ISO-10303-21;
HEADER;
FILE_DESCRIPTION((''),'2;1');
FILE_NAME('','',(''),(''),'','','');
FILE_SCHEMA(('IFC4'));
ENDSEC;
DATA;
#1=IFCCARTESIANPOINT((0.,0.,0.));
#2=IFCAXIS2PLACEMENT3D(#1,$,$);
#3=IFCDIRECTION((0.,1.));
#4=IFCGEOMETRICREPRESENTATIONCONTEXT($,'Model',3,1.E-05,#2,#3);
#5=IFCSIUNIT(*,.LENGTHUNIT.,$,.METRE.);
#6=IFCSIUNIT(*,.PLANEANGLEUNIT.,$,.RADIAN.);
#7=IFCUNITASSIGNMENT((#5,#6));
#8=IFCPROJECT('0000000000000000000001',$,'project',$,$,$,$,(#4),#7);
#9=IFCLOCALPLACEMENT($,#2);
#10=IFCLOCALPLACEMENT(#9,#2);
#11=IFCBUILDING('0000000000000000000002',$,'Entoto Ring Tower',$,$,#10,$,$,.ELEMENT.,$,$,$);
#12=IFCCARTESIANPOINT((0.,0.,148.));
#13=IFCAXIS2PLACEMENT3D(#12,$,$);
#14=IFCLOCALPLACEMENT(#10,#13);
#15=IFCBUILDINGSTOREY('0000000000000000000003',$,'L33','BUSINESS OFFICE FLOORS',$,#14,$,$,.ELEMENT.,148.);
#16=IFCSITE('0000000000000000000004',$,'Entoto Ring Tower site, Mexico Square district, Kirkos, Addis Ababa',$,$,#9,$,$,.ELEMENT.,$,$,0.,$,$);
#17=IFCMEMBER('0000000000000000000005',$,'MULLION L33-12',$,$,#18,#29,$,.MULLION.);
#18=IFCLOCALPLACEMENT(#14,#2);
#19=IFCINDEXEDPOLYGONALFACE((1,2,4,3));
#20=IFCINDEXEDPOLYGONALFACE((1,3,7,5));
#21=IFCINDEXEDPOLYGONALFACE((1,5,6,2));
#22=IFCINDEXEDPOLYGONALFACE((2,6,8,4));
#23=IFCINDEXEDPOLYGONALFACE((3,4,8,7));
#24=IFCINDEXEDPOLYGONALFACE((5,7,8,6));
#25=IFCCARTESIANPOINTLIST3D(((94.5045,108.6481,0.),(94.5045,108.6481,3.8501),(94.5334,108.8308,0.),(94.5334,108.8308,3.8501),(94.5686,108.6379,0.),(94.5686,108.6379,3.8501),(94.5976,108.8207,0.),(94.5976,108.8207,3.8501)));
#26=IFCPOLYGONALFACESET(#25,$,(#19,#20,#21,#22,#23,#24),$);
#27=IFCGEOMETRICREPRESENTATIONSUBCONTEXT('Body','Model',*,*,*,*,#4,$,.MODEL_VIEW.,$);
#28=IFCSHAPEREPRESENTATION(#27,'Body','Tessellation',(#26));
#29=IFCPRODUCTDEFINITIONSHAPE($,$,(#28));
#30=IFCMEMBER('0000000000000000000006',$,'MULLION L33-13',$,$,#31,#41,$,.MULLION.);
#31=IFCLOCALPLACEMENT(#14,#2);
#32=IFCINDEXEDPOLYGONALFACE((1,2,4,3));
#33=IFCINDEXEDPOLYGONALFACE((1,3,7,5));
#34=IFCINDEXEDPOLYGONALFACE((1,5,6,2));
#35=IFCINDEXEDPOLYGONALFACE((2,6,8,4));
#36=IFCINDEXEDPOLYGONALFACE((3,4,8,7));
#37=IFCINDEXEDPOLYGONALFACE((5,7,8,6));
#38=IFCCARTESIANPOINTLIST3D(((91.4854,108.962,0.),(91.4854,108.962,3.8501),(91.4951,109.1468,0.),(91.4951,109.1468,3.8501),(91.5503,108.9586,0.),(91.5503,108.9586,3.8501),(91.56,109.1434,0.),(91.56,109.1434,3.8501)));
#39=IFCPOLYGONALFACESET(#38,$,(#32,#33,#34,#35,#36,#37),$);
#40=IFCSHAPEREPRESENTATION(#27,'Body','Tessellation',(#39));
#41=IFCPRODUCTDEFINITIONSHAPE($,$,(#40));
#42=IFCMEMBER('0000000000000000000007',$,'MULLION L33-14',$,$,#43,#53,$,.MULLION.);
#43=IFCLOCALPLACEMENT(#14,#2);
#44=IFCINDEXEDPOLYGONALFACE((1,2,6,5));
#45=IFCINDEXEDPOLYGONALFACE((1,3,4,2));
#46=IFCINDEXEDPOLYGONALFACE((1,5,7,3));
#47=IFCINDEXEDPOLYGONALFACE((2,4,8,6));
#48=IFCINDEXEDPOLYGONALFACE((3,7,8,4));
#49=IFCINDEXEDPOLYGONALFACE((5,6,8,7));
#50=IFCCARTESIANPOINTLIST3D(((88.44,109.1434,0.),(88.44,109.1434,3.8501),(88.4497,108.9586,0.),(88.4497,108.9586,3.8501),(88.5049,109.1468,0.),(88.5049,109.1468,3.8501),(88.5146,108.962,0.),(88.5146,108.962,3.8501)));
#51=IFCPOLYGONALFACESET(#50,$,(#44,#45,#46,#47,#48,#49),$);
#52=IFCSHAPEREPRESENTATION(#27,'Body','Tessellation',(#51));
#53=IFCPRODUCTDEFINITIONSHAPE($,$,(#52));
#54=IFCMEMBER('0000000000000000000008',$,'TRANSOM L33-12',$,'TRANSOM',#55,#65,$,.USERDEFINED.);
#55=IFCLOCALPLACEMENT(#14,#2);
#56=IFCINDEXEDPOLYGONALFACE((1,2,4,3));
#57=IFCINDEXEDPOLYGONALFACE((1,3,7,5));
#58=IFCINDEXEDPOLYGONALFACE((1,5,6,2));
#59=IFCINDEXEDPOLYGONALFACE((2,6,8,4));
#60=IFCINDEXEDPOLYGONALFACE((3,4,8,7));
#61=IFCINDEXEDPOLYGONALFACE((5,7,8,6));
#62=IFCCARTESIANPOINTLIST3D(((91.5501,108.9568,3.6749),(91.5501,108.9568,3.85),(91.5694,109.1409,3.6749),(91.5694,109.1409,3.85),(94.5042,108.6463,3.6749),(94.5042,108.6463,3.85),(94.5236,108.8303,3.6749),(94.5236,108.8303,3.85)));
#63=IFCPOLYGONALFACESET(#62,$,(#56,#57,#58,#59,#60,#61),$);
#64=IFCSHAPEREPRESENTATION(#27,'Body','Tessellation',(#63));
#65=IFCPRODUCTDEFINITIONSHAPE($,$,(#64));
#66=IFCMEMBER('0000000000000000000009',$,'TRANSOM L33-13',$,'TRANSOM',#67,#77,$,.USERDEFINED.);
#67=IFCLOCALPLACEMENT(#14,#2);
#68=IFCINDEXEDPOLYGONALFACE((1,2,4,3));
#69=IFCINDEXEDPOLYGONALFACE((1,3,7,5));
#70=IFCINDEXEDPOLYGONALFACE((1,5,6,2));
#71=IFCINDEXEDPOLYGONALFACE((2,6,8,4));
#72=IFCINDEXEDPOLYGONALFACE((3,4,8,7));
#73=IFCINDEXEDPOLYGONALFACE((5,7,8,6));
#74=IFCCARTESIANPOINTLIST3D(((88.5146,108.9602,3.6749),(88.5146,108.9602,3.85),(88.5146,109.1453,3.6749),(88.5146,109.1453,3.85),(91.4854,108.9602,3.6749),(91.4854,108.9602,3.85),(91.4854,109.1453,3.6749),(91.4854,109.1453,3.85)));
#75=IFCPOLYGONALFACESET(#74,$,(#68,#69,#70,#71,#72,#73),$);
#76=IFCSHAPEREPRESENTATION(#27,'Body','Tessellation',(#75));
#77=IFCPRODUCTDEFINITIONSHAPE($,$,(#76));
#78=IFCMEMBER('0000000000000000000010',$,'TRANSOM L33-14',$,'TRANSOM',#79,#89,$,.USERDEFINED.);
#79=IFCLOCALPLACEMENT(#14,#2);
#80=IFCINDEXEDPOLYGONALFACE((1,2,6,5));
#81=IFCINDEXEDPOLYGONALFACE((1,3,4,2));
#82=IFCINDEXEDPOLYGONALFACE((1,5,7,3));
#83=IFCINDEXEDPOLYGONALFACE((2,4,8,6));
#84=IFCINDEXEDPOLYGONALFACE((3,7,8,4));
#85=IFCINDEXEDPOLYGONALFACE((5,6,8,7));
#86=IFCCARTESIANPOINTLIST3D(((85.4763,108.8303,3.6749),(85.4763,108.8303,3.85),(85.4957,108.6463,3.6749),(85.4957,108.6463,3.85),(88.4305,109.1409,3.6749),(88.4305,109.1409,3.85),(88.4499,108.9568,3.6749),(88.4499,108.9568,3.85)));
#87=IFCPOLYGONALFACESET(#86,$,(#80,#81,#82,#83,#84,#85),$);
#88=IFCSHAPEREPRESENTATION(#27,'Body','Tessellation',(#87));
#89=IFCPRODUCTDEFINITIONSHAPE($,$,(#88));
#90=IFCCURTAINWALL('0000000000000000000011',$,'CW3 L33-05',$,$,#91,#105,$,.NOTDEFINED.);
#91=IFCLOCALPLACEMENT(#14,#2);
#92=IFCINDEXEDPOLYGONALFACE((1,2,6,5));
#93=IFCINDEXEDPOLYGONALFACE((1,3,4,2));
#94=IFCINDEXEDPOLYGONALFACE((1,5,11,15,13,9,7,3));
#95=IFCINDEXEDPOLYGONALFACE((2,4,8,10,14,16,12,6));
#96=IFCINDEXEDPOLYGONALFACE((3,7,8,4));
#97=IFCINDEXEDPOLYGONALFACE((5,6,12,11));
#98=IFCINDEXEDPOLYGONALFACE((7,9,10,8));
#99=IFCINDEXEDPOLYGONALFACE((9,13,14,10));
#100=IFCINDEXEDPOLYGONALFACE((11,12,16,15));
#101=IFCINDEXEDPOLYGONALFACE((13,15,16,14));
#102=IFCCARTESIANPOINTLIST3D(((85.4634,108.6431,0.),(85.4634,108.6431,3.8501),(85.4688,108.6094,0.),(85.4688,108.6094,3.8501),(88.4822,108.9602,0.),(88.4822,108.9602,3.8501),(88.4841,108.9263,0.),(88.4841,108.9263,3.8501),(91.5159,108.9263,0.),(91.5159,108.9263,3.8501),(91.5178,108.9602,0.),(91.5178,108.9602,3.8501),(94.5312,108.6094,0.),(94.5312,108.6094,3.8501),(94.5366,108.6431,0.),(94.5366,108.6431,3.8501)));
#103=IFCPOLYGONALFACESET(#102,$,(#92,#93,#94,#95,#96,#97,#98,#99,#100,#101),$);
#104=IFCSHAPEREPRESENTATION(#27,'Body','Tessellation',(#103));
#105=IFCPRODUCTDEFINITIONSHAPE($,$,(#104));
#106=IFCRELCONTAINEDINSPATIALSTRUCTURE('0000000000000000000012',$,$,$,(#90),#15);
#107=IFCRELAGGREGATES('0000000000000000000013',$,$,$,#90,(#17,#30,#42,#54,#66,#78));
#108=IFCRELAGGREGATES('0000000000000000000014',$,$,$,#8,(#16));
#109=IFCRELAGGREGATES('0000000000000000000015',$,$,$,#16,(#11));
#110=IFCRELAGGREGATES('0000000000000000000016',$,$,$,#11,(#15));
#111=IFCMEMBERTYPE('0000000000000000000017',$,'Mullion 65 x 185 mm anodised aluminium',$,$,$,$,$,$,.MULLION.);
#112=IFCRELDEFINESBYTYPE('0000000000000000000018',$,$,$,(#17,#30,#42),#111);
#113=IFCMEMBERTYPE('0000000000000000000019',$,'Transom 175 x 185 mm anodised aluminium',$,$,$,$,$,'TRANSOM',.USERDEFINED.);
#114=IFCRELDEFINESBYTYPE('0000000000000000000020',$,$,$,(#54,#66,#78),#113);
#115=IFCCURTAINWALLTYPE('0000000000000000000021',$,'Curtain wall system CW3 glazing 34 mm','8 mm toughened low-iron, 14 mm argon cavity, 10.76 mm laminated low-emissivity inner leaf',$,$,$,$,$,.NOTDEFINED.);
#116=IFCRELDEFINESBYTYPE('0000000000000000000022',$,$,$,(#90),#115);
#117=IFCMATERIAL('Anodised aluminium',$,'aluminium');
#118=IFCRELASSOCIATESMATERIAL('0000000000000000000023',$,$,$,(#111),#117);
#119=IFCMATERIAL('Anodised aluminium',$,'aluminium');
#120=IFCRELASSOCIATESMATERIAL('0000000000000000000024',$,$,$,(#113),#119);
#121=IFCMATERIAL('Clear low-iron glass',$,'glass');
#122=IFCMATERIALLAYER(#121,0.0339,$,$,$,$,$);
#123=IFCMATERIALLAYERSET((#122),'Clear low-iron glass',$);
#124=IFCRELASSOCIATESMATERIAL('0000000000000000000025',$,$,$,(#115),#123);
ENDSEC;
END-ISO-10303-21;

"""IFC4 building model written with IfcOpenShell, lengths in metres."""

from ifc_helpers import new_model, si_unit, direction, frame, origin, origin_2d, place, context, subcontext, project, spatial, polyline, rectangle, outline, extrude, material, layer, layer_set, material_profile, profile_set, type_object, element, aggregate, save


model = new_model("IFC4")

# Units and contexts
model_context = context("Model", 3, precision=1e-05, world=origin(), true_north=direction((0.0, 1.0)))
body_context = subcontext(model_context, "Body", "Model", "MODEL_VIEW")
ifc_project = project(units=[si_unit("LENGTHUNIT", "METRE"), si_unit("PLANEANGLEUNIT", "RADIAN")], contexts=[model_context])

# Members
ifc_material_1 = material(Name="Anodised aluminium", Category="aluminium")
ifc_material_profile_1 = material_profile(ifc_material_1, rectangle(XDim=0.0649, YDim=0.1851, at=origin_2d()), Name="Mullion 65 x 185 mm anodised aluminium")
ifc_profile_set_1 = profile_set([ifc_material_profile_1], Name="Anodised aluminium")
member_type_1 = type_object("IfcMemberType", Name="Mullion 65 x 185 mm anodised aluminium", PredefinedType="MULLION", material=ifc_profile_set_1)
site_placement = place(None, origin())
building_placement = place(site_placement, origin())
storey_placement = place(building_placement, frame((0.0, 0.0, 148.0)))
member_1_placement = place(storey_placement, frame((94.551, 108.7344, 0.0), z_axis=(0.0, 0.0, 1.0), x_axis=(-0.987688, 0.156434, 0.0)))
member_1 = element("IfcMember", 1, at=member_1_placement, type_object=member_type_1, Name="MULLION L33-12", PredefinedType="MULLION", context=body_context, shape_type="SweptSolid", body=[
    extrude(rectangle(XDim=0.0649, YDim=0.1851, at=origin_2d()), origin(), (0.0, 0.0, 1.0), 3.8501),
])
member_2_placement = place(storey_placement, frame((91.5227, 109.0527, 0.0), z_axis=(0.0, 0.0, 1.0), x_axis=(-0.99863, 0.052336, 0.0)))
member_2 = element("IfcMember", 2, at=member_2_placement, type_object=member_type_1, Name="MULLION L33-13", PredefinedType="MULLION", context=body_context, shape_type="SweptSolid", body=[
    extrude(rectangle(XDim=0.0649, YDim=0.1851, at=origin_2d()), origin(), (0.0, 0.0, 1.0), 3.8501),
])
member_3_placement = place(storey_placement, frame((88.4773, 109.0527, 0.0), z_axis=(0.0, 0.0, 1.0), x_axis=(-0.99863, -0.052336, 0.0)))
member_3 = element("IfcMember", 3, at=member_3_placement, type_object=member_type_1, Name="MULLION L33-14", PredefinedType="MULLION", context=body_context, shape_type="SweptSolid", body=[
    extrude(rectangle(XDim=0.0649, YDim=0.1851, at=origin_2d()), origin(), (0.0, 0.0, 1.0), 3.8501),
])
ifc_material_2 = material(Name="Anodised aluminium", Category="aluminium")
ifc_material_profile_2 = material_profile(ifc_material_2, rectangle(XDim=0.1851, YDim=0.175, at=origin_2d()), Name="Transom 175 x 185 mm anodised aluminium")
ifc_profile_set_2 = profile_set([ifc_material_profile_2], Name="Anodised aluminium")
member_type_2 = type_object("IfcMemberType", Name="Transom 175 x 185 mm anodised aluminium", ElementType="TRANSOM", PredefinedType="USERDEFINED", material=ifc_profile_set_2)
member_4_placement = place(storey_placement, frame((94.5139, 108.7383, 3.7625), z_axis=(-0.99452, 0.104548, 0.0), x_axis=(-0.104548, -0.99452, 0.0)))
member_4 = element("IfcMember", 4, at=member_4_placement, type_object=member_type_2, Name="TRANSOM L33-12", ObjectType="TRANSOM", PredefinedType="USERDEFINED", context=body_context, shape_type="SweptSolid", body=[
    extrude(rectangle(XDim=0.1851, YDim=0.175, at=origin_2d()), origin(), (0.0, 0.0, 1.0), 2.9705),
])
member_5_placement = place(storey_placement, frame((91.4854, 109.0527, 3.7625), z_axis=(-1.0, 0.0, 0.0), x_axis=(0.0, -1.0, 0.0)))
member_5 = element("IfcMember", 5, at=member_5_placement, type_object=member_type_2, Name="TRANSOM L33-13", ObjectType="TRANSOM", PredefinedType="USERDEFINED", context=body_context, shape_type="SweptSolid", body=[
    extrude(rectangle(XDim=0.1851, YDim=0.175, at=origin_2d()), origin(), (0.0, 0.0, 1.0), 2.9707),
])
member_6_placement = place(storey_placement, frame((88.4402, 109.0488, 3.7625), z_axis=(-0.99452, -0.104548, 0.0), x_axis=(0.104548, -0.99452, 0.0)))
member_6 = element("IfcMember", 6, at=member_6_placement, type_object=member_type_2, Name="TRANSOM L33-14", ObjectType="TRANSOM", PredefinedType="USERDEFINED", context=body_context, shape_type="SweptSolid", body=[
    extrude(rectangle(XDim=0.1851, YDim=0.175, at=origin_2d()), origin(), (0.0, 0.0, 1.0), 2.9705),
])

# Site, building, storey
site = spatial("IfcSite", under=ifc_project, at=site_placement, Name="Entoto Ring Tower site, Mexico Square district, Kirkos, Addis Ababa", CompositionType="ELEMENT", RefElevation=0.0)
building = spatial("IfcBuilding", under=site, at=building_placement, Name="Entoto Ring Tower", CompositionType="ELEMENT")
storey = spatial("IfcBuildingStorey", under=building, at=storey_placement, Name="L33", Description="BUSINESS OFFICE FLOORS", CompositionType="ELEMENT", Elevation=148.0)

# Curtain wall
ifc_material_3 = material(Name="Clear low-iron glass", Category="glass")
ifc_layer = layer(ifc_material_3, 0.0339)
ifc_layer_set = layer_set([ifc_layer], Name="Clear low-iron glass")
curtain_wall_type = type_object("IfcCurtainWallType", Name="Curtain wall system CW3 glazing 34 mm", Description="8 mm toughened low-iron, 14 mm argon cavity, 10.76 mm laminated low-emissivity inner leaf", PredefinedType="NOTDEFINED", material=ifc_layer_set)
curtain_wall_1_placement = place(storey_placement, origin())
curtain_wall_1 = element("IfcCurtainWall", 7, at=curtain_wall_1_placement, inside=storey, type_object=curtain_wall_type, Name="CW3 L33-05", PredefinedType="NOTDEFINED", context=body_context, shape_type="SweptSolid", body=[
    extrude(outline(polyline([(94.5366, 108.6431), (91.5178, 108.9602), (88.4822, 108.9602), (85.4634, 108.6431), (85.4688, 108.6094), (88.4841, 108.9263), (91.5159, 108.9263), (94.5312, 108.6094), (94.5366, 108.6431)])), origin(), (0.0, 0.0, 1.0), 3.8501),
])
aggregate(curtain_wall_1, [member_1, member_2, member_3, member_4, member_5, member_6])

save(model, "model.ifc")
